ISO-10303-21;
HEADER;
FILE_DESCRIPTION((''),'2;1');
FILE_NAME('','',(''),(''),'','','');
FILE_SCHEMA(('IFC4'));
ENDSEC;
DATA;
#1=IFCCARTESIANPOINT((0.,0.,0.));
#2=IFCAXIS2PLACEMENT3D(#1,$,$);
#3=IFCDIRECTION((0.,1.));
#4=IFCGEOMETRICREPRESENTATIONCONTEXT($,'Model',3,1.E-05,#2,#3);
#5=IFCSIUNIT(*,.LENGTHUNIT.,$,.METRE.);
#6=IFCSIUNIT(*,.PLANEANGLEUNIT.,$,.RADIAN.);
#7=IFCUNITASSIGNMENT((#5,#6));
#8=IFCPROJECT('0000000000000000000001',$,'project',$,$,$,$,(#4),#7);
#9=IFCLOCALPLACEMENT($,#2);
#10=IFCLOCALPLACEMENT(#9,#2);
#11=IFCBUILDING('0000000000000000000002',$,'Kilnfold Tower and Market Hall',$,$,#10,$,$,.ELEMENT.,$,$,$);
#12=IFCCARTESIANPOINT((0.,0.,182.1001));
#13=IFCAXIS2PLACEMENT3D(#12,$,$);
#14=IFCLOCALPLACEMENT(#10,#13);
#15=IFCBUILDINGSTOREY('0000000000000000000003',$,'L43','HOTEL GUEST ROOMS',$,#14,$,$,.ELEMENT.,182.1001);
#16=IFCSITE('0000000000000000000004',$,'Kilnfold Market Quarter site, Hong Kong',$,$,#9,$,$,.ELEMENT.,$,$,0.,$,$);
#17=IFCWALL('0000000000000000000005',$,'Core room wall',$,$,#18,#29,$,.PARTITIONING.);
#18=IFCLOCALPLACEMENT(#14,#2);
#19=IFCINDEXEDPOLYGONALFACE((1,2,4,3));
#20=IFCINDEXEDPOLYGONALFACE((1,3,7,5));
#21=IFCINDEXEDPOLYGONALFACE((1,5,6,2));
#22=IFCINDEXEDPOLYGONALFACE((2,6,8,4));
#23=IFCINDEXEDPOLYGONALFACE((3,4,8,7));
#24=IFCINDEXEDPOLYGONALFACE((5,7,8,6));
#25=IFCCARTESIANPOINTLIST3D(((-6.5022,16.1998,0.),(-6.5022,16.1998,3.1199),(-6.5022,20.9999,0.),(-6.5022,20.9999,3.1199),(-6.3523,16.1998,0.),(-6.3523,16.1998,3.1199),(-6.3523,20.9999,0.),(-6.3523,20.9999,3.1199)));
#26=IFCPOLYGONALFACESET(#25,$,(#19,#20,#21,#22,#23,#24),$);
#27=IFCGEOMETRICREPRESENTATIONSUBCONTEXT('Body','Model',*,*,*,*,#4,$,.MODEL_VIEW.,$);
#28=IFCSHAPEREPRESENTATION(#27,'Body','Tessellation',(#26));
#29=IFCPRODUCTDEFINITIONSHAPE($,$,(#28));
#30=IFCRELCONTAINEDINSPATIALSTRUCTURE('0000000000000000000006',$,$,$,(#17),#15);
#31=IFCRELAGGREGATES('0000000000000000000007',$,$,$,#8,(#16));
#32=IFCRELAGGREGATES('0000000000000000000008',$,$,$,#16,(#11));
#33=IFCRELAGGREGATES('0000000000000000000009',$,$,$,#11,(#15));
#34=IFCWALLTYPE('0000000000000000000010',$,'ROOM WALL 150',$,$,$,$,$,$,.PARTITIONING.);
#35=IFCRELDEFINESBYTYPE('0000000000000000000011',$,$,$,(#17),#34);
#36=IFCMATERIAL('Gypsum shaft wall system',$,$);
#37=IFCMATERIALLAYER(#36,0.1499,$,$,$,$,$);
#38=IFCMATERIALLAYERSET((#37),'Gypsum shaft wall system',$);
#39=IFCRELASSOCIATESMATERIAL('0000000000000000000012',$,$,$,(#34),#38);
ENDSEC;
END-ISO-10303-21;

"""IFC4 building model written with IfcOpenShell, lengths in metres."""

from ifc_helpers import new_model, si_unit, direction, frame, frame_2d, origin, place, context, subcontext, project, spatial, rectangle, extrude, source, transform, mapped, material, layer, layer_set, type_object, element, save


model = new_model("IFC4")

# Units and contexts
model_context = context("Model", 3, precision=1e-05, world=origin(), true_north=direction((0.0, 1.0)))
body_context = subcontext(model_context, "Body", "Model", "MODEL_VIEW")
ifc_project = project(units=[si_unit("LENGTHUNIT", "METRE"), si_unit("PLANEANGLEUNIT", "RADIAN")], contexts=[model_context])

# Site, building, storey
site_placement = place(None, origin())
site = spatial("IfcSite", under=ifc_project, at=site_placement, Name="Kilnfold Market Quarter site, Hong Kong", CompositionType="ELEMENT", RefElevation=0.0)
building_placement = place(site_placement, origin())
building = spatial("IfcBuilding", under=site, at=building_placement, Name="Kilnfold Tower and Market Hall", CompositionType="ELEMENT")
storey_placement = place(building_placement, frame((0.0, 0.0, 182.1001)))
storey = spatial("IfcBuildingStorey", under=building, at=storey_placement, Name="L43", Description="HOTEL GUEST ROOMS", CompositionType="ELEMENT", Elevation=182.1001)

# Wall
ifc_material_1 = material(Name="Gypsum shaft wall system")
ifc_layer_1 = layer(ifc_material_1, 0.1499)
ifc_layer_set_1 = layer_set([ifc_layer_1], Name="Gypsum shaft wall system")
wall_type_1 = type_object("IfcWallType", Name="ROOM WALL 150", PredefinedType="PARTITIONING", material=ifc_layer_set_1)
shared_shape_1 = source(origin(), body_context, "Body", "SweptSolid", [
    extrude(rectangle(XDim=4.8, YDim=0.1499, at=frame_2d((2.3999, 0.0))), origin(), (0.0, 0.0, 1.0), 3.1199),
])
wall_1_placement = place(storey_placement, frame((-6.4272, 16.2, 0.0), z_axis=(0.0, 0.0, 1.0), x_axis=(0.0, 1.0, 0.0)))
element("IfcWall", 1, at=wall_1_placement, inside=storey, type_object=wall_type_1, Name="Core room wall", PredefinedType="PARTITIONING", context=body_context, shape_type="MappedRepresentation", body=[
    mapped(shared_shape_1, transform((0.0, 0.0, 0.0))),
])

save(model, "model.ifc")
